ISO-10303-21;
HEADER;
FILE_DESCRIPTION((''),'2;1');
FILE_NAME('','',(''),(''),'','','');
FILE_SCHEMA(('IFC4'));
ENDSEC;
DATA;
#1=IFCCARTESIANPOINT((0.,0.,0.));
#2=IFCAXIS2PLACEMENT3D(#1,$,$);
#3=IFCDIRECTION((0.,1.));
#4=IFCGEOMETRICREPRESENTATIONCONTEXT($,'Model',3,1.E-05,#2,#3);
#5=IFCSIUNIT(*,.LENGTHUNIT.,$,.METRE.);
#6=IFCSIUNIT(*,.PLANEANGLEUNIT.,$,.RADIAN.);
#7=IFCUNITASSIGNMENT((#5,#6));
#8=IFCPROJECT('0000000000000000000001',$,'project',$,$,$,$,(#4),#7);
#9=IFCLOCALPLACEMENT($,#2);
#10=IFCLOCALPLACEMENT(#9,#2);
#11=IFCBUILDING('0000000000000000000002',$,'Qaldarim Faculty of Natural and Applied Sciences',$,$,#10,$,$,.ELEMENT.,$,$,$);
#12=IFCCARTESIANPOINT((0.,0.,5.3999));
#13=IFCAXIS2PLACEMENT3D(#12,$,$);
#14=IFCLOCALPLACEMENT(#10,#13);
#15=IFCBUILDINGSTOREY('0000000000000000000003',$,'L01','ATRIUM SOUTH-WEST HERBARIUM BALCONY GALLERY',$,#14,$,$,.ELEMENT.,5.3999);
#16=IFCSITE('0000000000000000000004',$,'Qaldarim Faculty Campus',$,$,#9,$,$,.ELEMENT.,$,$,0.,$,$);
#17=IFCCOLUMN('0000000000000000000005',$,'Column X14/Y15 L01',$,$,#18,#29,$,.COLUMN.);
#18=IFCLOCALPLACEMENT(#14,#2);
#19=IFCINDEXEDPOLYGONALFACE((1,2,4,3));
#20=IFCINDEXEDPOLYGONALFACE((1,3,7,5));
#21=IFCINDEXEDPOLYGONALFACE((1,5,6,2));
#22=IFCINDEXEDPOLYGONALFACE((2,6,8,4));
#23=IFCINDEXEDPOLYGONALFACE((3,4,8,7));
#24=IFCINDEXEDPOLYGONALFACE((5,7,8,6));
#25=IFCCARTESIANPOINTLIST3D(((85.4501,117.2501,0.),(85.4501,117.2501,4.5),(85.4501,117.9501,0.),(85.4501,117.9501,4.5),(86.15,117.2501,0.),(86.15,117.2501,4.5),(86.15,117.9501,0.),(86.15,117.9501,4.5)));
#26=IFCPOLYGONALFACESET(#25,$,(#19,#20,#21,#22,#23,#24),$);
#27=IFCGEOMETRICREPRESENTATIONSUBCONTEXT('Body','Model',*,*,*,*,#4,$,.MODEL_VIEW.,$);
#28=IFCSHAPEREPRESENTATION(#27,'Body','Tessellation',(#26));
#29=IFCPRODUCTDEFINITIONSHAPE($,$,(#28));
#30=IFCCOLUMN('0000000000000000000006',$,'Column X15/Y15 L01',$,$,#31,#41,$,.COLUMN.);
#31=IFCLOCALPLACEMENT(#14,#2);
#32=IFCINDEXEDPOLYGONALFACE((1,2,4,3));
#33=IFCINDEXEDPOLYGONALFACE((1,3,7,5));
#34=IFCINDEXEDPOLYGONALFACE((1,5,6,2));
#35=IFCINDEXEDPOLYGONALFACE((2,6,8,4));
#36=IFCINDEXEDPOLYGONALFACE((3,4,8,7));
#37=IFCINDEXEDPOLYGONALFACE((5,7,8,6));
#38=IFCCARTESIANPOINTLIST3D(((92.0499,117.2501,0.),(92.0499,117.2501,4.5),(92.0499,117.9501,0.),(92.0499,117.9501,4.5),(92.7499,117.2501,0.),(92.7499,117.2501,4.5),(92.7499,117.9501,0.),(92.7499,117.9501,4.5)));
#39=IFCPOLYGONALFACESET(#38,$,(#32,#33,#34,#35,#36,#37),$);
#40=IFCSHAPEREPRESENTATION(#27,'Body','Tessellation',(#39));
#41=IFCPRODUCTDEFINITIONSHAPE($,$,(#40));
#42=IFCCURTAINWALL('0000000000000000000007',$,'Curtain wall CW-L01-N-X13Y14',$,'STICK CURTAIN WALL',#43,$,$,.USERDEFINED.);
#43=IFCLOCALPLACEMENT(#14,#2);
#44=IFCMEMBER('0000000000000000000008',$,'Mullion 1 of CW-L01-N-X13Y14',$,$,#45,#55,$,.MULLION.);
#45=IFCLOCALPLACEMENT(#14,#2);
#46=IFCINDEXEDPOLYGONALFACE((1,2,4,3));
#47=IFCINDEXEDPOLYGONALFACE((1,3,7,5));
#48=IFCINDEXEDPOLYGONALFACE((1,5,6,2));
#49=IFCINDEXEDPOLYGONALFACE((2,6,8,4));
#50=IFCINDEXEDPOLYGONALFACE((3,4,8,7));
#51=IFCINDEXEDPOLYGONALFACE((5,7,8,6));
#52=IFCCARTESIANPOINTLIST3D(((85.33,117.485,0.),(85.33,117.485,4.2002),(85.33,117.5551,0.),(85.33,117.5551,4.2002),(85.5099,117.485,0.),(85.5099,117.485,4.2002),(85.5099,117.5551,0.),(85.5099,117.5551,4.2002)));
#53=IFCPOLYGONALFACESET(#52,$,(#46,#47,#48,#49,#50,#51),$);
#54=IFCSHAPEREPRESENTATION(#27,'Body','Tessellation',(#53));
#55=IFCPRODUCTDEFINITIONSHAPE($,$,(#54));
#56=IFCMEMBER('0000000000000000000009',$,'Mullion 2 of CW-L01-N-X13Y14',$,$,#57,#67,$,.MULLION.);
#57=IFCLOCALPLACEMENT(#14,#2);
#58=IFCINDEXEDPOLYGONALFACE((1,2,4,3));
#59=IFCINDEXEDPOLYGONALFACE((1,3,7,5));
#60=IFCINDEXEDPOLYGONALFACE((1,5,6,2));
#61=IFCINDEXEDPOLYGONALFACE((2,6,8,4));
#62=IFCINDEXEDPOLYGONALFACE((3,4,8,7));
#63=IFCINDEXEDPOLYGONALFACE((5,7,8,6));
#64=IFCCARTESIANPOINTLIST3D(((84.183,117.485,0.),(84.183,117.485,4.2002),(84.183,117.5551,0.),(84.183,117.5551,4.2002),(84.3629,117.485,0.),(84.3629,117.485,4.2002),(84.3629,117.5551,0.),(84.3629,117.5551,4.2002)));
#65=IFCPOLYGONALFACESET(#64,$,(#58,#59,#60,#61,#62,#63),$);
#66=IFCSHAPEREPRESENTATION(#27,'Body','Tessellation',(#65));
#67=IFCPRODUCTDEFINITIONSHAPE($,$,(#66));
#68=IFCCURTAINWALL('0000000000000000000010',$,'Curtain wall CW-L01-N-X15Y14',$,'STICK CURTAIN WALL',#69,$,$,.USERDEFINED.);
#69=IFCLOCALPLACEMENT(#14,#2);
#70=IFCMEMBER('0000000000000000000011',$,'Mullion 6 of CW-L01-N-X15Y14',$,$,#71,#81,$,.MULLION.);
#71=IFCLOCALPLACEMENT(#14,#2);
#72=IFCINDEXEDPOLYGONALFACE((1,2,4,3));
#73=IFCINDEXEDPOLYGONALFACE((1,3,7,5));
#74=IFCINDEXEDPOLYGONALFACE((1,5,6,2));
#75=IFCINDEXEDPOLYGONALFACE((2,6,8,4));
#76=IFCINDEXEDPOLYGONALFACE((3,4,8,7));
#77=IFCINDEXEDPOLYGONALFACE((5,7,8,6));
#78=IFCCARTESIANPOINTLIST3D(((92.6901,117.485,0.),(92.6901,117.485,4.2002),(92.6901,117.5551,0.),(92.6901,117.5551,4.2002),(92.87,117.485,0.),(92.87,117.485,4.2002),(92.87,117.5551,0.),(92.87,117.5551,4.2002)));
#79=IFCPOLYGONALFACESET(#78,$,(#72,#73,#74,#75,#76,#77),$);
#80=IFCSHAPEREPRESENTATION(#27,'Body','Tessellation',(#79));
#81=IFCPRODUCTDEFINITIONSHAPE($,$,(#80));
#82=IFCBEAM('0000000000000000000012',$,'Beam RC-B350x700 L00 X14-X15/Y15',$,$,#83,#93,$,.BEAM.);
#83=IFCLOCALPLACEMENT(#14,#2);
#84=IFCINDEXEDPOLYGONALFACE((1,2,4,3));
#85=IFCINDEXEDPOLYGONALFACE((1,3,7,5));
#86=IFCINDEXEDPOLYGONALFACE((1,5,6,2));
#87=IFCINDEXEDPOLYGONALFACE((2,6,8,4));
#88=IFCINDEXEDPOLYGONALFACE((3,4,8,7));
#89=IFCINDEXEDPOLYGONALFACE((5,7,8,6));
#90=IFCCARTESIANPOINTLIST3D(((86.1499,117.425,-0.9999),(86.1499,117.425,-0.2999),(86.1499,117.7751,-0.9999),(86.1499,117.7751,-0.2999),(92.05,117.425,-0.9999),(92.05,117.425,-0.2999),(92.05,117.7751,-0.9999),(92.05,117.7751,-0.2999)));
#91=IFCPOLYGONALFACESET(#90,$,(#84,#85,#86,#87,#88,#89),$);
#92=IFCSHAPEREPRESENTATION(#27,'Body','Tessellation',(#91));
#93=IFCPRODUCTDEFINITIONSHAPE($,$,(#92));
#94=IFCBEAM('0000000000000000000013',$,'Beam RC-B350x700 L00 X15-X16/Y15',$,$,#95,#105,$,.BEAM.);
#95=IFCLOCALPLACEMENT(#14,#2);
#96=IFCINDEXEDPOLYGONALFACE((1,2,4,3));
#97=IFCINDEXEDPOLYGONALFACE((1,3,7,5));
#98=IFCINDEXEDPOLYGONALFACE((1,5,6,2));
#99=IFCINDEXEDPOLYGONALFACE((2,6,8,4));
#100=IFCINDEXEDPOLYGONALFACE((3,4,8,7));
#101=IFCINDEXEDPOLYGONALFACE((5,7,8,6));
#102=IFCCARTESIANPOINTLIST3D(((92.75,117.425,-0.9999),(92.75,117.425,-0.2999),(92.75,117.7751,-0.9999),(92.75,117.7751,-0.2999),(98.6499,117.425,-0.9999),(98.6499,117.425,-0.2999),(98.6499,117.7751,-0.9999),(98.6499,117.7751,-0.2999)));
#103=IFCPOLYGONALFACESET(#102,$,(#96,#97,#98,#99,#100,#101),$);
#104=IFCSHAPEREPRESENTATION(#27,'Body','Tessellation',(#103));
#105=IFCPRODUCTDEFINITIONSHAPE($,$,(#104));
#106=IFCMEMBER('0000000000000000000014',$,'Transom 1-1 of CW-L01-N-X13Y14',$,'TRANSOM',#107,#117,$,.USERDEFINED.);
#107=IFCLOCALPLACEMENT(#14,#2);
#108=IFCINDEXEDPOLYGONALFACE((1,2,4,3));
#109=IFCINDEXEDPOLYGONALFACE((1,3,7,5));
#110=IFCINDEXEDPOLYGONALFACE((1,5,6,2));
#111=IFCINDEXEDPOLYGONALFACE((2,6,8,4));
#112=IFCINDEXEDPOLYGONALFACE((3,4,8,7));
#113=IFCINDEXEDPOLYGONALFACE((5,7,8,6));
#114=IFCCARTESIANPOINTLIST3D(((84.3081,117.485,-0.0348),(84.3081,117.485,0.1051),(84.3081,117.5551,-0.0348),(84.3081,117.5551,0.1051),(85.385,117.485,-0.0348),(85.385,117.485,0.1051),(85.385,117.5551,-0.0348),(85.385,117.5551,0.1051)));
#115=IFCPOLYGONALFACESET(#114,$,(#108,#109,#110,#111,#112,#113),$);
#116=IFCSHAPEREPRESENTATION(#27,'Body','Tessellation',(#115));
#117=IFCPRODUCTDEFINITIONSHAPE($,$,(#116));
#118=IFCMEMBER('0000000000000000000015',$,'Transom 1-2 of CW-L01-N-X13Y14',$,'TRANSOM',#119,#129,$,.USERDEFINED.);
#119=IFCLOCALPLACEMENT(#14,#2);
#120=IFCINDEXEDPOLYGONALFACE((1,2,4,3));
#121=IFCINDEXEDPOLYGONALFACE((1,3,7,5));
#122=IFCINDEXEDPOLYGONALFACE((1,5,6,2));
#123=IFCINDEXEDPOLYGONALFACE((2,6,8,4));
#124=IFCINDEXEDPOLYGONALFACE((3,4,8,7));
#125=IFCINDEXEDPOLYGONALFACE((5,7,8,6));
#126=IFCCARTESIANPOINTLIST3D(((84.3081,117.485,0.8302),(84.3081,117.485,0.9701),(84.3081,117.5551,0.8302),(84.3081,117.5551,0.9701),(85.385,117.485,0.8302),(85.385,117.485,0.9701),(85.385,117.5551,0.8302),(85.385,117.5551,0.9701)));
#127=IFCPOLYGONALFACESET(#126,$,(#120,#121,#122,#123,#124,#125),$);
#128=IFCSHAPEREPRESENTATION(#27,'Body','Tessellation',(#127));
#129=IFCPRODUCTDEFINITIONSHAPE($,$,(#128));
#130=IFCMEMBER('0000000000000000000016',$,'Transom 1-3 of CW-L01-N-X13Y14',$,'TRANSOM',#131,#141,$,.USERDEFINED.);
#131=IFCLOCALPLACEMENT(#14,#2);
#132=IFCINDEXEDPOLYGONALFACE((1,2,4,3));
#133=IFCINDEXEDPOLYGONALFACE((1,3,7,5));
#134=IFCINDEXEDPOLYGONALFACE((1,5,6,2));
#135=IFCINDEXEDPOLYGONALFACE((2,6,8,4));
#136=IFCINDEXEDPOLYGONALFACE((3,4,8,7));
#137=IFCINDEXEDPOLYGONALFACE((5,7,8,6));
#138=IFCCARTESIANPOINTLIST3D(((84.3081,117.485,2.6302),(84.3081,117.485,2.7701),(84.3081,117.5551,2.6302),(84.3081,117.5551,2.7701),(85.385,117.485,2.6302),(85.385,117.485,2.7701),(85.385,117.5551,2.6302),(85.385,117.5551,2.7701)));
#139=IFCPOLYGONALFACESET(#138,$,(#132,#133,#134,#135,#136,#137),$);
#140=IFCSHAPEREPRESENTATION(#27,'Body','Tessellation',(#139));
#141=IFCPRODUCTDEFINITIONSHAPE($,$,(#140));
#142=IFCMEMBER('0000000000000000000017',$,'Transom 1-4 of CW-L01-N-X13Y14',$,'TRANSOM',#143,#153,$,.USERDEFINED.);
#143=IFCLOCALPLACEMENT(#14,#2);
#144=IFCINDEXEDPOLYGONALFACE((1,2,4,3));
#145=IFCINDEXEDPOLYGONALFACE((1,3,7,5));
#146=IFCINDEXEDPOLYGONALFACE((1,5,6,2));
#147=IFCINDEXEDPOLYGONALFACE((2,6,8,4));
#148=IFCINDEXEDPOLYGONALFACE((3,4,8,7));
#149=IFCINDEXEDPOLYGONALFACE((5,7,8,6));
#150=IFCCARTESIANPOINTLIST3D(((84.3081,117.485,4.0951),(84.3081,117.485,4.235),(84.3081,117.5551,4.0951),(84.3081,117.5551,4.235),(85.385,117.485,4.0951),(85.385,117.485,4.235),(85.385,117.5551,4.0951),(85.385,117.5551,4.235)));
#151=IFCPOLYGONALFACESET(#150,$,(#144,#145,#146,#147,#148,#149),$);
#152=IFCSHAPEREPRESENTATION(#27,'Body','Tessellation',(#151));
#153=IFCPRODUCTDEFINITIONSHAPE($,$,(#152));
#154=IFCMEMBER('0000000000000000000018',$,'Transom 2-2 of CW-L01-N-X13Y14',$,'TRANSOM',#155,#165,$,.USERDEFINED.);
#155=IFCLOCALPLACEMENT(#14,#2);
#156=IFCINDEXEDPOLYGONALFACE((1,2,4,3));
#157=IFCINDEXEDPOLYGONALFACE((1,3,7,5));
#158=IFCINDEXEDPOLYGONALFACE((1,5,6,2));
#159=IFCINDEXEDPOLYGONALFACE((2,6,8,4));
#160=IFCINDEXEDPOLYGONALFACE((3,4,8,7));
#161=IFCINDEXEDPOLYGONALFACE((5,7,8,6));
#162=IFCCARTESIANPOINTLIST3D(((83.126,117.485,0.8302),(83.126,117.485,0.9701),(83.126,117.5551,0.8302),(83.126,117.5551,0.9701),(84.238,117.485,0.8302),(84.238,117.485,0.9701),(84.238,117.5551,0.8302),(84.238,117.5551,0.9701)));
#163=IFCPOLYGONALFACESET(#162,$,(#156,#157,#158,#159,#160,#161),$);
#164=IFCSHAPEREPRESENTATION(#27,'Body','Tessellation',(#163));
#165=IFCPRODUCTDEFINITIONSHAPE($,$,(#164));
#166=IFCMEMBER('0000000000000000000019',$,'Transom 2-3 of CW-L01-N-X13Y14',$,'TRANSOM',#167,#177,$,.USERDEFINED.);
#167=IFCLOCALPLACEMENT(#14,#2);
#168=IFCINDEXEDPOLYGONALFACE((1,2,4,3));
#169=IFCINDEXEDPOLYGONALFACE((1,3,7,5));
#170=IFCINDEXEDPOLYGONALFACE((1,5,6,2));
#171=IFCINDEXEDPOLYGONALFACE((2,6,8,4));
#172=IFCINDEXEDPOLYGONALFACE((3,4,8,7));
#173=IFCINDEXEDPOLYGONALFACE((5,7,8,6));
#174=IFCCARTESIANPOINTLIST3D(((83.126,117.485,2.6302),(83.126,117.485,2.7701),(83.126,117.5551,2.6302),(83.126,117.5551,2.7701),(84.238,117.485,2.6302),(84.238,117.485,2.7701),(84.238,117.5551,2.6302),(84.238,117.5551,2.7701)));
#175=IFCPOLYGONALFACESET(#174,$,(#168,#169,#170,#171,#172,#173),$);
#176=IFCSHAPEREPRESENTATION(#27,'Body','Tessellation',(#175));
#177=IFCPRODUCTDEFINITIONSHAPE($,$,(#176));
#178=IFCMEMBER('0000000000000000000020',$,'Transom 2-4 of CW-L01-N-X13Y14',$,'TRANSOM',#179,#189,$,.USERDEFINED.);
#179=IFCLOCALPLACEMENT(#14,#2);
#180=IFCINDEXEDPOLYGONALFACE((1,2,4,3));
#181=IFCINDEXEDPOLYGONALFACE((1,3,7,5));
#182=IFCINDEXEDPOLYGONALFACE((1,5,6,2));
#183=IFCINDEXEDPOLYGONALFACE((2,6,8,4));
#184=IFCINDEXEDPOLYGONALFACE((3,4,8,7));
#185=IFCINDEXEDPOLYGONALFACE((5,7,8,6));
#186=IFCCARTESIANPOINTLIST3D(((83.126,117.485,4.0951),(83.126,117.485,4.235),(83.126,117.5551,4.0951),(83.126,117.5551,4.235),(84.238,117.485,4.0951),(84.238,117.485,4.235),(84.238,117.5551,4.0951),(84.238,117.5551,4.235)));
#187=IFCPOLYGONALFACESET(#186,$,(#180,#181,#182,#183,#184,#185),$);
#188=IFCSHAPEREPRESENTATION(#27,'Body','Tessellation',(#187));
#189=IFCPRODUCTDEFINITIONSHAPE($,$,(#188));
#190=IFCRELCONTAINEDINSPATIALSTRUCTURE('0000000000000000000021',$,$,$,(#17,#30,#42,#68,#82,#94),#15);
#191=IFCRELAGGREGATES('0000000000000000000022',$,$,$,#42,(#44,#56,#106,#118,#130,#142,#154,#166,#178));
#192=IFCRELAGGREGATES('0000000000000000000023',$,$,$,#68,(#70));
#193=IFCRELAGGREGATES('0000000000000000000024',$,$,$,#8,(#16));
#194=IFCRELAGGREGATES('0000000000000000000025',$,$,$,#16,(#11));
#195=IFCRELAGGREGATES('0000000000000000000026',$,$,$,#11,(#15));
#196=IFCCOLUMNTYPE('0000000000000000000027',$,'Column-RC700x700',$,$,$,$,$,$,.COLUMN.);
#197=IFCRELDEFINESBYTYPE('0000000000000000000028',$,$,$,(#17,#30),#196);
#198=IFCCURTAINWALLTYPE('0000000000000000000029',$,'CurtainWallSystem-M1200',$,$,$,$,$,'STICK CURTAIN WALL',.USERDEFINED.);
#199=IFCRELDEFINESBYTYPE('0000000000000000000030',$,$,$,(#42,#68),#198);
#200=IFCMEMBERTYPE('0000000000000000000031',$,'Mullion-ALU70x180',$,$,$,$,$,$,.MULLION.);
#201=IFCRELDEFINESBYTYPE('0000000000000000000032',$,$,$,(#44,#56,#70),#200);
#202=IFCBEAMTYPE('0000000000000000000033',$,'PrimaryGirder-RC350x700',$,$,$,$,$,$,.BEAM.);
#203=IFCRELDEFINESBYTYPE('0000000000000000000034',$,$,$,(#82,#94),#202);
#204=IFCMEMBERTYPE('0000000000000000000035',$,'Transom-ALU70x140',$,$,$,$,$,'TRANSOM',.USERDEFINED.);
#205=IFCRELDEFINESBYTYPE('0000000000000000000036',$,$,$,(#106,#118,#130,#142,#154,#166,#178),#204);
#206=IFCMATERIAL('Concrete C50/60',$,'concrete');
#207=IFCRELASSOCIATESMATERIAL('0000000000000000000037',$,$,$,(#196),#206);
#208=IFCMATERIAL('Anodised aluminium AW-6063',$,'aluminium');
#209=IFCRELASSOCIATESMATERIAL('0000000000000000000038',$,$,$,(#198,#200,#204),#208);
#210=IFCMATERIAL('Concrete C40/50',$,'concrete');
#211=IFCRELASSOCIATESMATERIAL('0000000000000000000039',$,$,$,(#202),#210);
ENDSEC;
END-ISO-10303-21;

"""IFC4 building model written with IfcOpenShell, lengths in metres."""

from ifc_helpers import new_model, si_unit, direction, frame, origin, origin_2d, place, context, subcontext, project, spatial, rectangle, extrude, material, material_profile, profile_set, type_object, element, aggregate, save


model = new_model("IFC4")

# Units and contexts
model_context = context("Model", 3, precision=1e-05, world=origin(), true_north=direction((0.0, 1.0)))
body_context = subcontext(model_context, "Body", "Model", "MODEL_VIEW")
ifc_project = project(units=[si_unit("LENGTHUNIT", "METRE"), si_unit("PLANEANGLEUNIT", "RADIAN")], contexts=[model_context])

# Site, building, storey
site_placement = place(None, origin())
site = spatial("IfcSite", under=ifc_project, at=site_placement, Name="Qaldarim Faculty Campus", CompositionType="ELEMENT", RefElevation=0.0)
building_placement = place(site_placement, origin())
building = spatial("IfcBuilding", under=site, at=building_placement, Name="Qaldarim Faculty of Natural and Applied Sciences", CompositionType="ELEMENT")
storey_placement = place(building_placement, frame((0.0, 0.0, 5.3999)))
storey = spatial("IfcBuildingStorey", under=building, at=storey_placement, Name="L01", Description="ATRIUM SOUTH-WEST HERBARIUM BALCONY GALLERY", CompositionType="ELEMENT", Elevation=5.3999)

# Columns
ifc_material_1 = material(Name="Concrete C50/60", Category="concrete")
ifc_material_profile_1 = material_profile(ifc_material_1, rectangle(XDim=0.7, YDim=0.7, at=origin_2d()), Name="RC-C700x700")
ifc_profile_set_1 = profile_set([ifc_material_profile_1], Name="Concrete C50/60")
column_type = type_object("IfcColumnType", Name="Column-RC700x700", PredefinedType="COLUMN", material=ifc_profile_set_1)
for number, where, z_axis, x_axis, name in (
    (1, (85.8, 117.6001, 0.0), (0.0, 0.0, 1.0), (1.0, 0.0, 0.0), "Column X14/Y15 L01"),
    (2, (92.3999, 117.6001, 0.0), (0.0, 0.0, 1.0), (1.0, 0.0, 0.0), "Column X15/Y15 L01"),
):
    element("IfcColumn", number, at=place(storey_placement, frame(where, z_axis=z_axis, x_axis=x_axis)), inside=storey, type_object=column_type, Name=name, PredefinedType="COLUMN", context=body_context, shape_type="SweptSolid", body=[
        extrude(rectangle(XDim=0.7, YDim=0.7, at=origin_2d()), origin(), (0.0, 0.0, 1.0), 4.5),
    ])

# Curtain wall, members
ifc_material_2 = material(Name="Anodised aluminium AW-6063", Category="aluminium")
curtain_wall_type = type_object("IfcCurtainWallType", Name="CurtainWallSystem-M1200", ElementType="STICK CURTAIN WALL", PredefinedType="USERDEFINED", material=ifc_material_2)
curtain_wall_1_placement = place(storey_placement, origin())
curtain_wall_1 = element("IfcCurtainWall", 3, at=curtain_wall_1_placement, inside=storey, type_object=curtain_wall_type, Name="Curtain wall CW-L01-N-X13Y14", ObjectType="STICK CURTAIN WALL", PredefinedType="USERDEFINED")
ifc_material_profile_2 = material_profile(ifc_material_2, rectangle(XDim=0.0701, YDim=0.1799, at=origin_2d()), Name="ALU-M70x180")
ifc_profile_set_2 = profile_set([ifc_material_profile_2], Name="Anodised aluminium AW-6063")
member_type_1 = type_object("IfcMemberType", Name="Mullion-ALU70x180", PredefinedType="MULLION", material=ifc_profile_set_2)
member_1_placement = place(storey_placement, frame((85.4199, 117.52, 0.0), z_axis=(0.0, 0.0, 1.0), x_axis=(0.0, -1.0, 0.0)))
member_1 = element("IfcMember", 4, at=member_1_placement, type_object=member_type_1, Name="Mullion 1 of CW-L01-N-X13Y14", PredefinedType="MULLION", context=body_context, shape_type="SweptSolid", body=[
    extrude(rectangle(XDim=0.0701, YDim=0.1799, at=origin_2d()), origin(), (0.0, 0.0, 1.0), 4.2002),
])
member_2_placement = place(storey_placement, frame((84.2729, 117.52, 0.0), z_axis=(0.0, 0.0, 1.0), x_axis=(0.0, -1.0, 0.0)))
member_2 = element("IfcMember", 5, at=member_2_placement, type_object=member_type_1, Name="Mullion 2 of CW-L01-N-X13Y14", PredefinedType="MULLION", context=body_context, shape_type="SweptSolid", body=[
    extrude(rectangle(XDim=0.0701, YDim=0.1799, at=origin_2d()), origin(), (0.0, 0.0, 1.0), 4.2002),
])

# Curtain wall, member
curtain_wall_2_placement = place(storey_placement, origin())
curtain_wall_2 = element("IfcCurtainWall", 6, at=curtain_wall_2_placement, inside=storey, type_object=curtain_wall_type, Name="Curtain wall CW-L01-N-X15Y14", ObjectType="STICK CURTAIN WALL", PredefinedType="USERDEFINED")
member_3_placement = place(storey_placement, frame((92.78, 117.52, 0.0), z_axis=(0.0, 0.0, 1.0), x_axis=(0.0, -1.0, 0.0)))
member_3 = element("IfcMember", 7, at=member_3_placement, type_object=member_type_1, Name="Mullion 6 of CW-L01-N-X15Y14", PredefinedType="MULLION", context=body_context, shape_type="SweptSolid", body=[
    extrude(rectangle(XDim=0.0701, YDim=0.1799, at=origin_2d()), origin(), (0.0, 0.0, 1.0), 4.2002),
])

# Beams
ifc_material_3 = material(Name="Concrete C40/50", Category="concrete")
ifc_material_profile_3 = material_profile(ifc_material_3, rectangle(XDim=0.3501, YDim=0.7, at=origin_2d()), Name="RC-B350x700")
ifc_profile_set_3 = profile_set([ifc_material_profile_3], Name="Concrete C40/50")
beam_type = type_object("IfcBeamType", Name="PrimaryGirder-RC350x700", PredefinedType="BEAM", material=ifc_profile_set_3)
beam_1_placement = place(storey_placement, frame((86.1499, 117.6001, -0.6499), z_axis=(1.0, 0.0, 0.0), x_axis=(0.0, 1.0, 0.0)))
element("IfcBeam", 8, at=beam_1_placement, inside=storey, type_object=beam_type, Name="Beam RC-B350x700 L00 X14-X15/Y15", PredefinedType="BEAM", context=body_context, shape_type="SweptSolid", body=[
    extrude(rectangle(XDim=0.3501, YDim=0.7, at=origin_2d()), origin(), (0.0, 0.0, 1.0), 5.9001),
])
beam_2_placement = place(storey_placement, frame((92.75, 117.6001, -0.6499), z_axis=(1.0, 0.0, 0.0), x_axis=(0.0, 1.0, 0.0)))
element("IfcBeam", 9, at=beam_2_placement, inside=storey, type_object=beam_type, Name="Beam RC-B350x700 L00 X15-X16/Y15", PredefinedType="BEAM", context=body_context, shape_type="SweptSolid", body=[
    extrude(rectangle(XDim=0.3501, YDim=0.7, at=origin_2d()), origin(), (0.0, 0.0, 1.0), 5.8999),
])

# Members
ifc_material_profile_4 = material_profile(ifc_material_2, rectangle(XDim=0.0701, YDim=0.1399, at=origin_2d()), Name="ALU-T70x140")
ifc_profile_set_4 = profile_set([ifc_material_profile_4], Name="Anodised aluminium AW-6063")
member_type_2 = type_object("IfcMemberType", Name="Transom-ALU70x140", ElementType="TRANSOM", PredefinedType="USERDEFINED", material=ifc_profile_set_4)
member_4_placement = place(storey_placement, frame((85.385, 117.52, 0.0352), z_axis=(-1.0, 0.0, 0.0), x_axis=(0.0, -1.0, 0.0)))
member_4 = element("IfcMember", 10, at=member_4_placement, type_object=member_type_2, Name="Transom 1-1 of CW-L01-N-X13Y14", ObjectType="TRANSOM", PredefinedType="USERDEFINED", context=body_context, shape_type="SweptSolid", body=[
    extrude(rectangle(XDim=0.0701, YDim=0.1399, at=origin_2d()), origin(), (0.0, 0.0, 1.0), 1.0769),
])
member_5_placement = place(storey_placement, frame((85.385, 117.52, 0.9001), z_axis=(-1.0, 0.0, 0.0), x_axis=(0.0, -1.0, 0.0)))
member_5 = element("IfcMember", 11, at=member_5_placement, type_object=member_type_2, Name="Transom 1-2 of CW-L01-N-X13Y14", ObjectType="TRANSOM", PredefinedType="USERDEFINED", context=body_context, shape_type="SweptSolid", body=[
    extrude(rectangle(XDim=0.0701, YDim=0.1399, at=origin_2d()), origin(), (0.0, 0.0, 1.0), 1.0769),
])
member_6_placement = place(storey_placement, frame((85.385, 117.52, 2.7002), z_axis=(-1.0, 0.0, 0.0), x_axis=(0.0, -1.0, 0.0)))
member_6 = element("IfcMember", 12, at=member_6_placement, type_object=member_type_2, Name="Transom 1-3 of CW-L01-N-X13Y14", ObjectType="TRANSOM", PredefinedType="USERDEFINED", context=body_context, shape_type="SweptSolid", body=[
    extrude(rectangle(XDim=0.0701, YDim=0.1399, at=origin_2d()), origin(), (0.0, 0.0, 1.0), 1.0769),
])
member_7_placement = place(storey_placement, frame((85.385, 117.52, 4.165), z_axis=(-1.0, 0.0, 0.0), x_axis=(0.0, -1.0, 0.0)))
member_7 = element("IfcMember", 13, at=member_7_placement, type_object=member_type_2, Name="Transom 1-4 of CW-L01-N-X13Y14", ObjectType="TRANSOM", PredefinedType="USERDEFINED", context=body_context, shape_type="SweptSolid", body=[
    extrude(rectangle(XDim=0.0701, YDim=0.1399, at=origin_2d()), origin(), (0.0, 0.0, 1.0), 1.0769),
])
member_8_placement = place(storey_placement, frame((84.238, 117.52, 0.9001), z_axis=(-1.0, 0.0, 0.0), x_axis=(0.0, -1.0, 0.0)))
member_8 = element("IfcMember", 14, at=member_8_placement, type_object=member_type_2, Name="Transom 2-2 of CW-L01-N-X13Y14", ObjectType="TRANSOM", PredefinedType="USERDEFINED", context=body_context, shape_type="SweptSolid", body=[
    extrude(rectangle(XDim=0.0701, YDim=0.1399, at=origin_2d()), origin(), (0.0, 0.0, 1.0), 1.1121),
])
member_9_placement = place(storey_placement, frame((84.238, 117.52, 2.7002), z_axis=(-1.0, 0.0, 0.0), x_axis=(0.0, -1.0, 0.0)))
member_9 = element("IfcMember", 15, at=member_9_placement, type_object=member_type_2, Name="Transom 2-3 of CW-L01-N-X13Y14", ObjectType="TRANSOM", PredefinedType="USERDEFINED", context=body_context, shape_type="SweptSolid", body=[
    extrude(rectangle(XDim=0.0701, YDim=0.1399, at=origin_2d()), origin(), (0.0, 0.0, 1.0), 1.1121),
])
member_10_placement = place(storey_placement, frame((84.238, 117.52, 4.165), z_axis=(-1.0, 0.0, 0.0), x_axis=(0.0, -1.0, 0.0)))
member_10 = element("IfcMember", 16, at=member_10_placement, type_object=member_type_2, Name="Transom 2-4 of CW-L01-N-X13Y14", ObjectType="TRANSOM", PredefinedType="USERDEFINED", context=body_context, shape_type="SweptSolid", body=[
    extrude(rectangle(XDim=0.0701, YDim=0.1399, at=origin_2d()), origin(), (0.0, 0.0, 1.0), 1.1121),
])

aggregate(curtain_wall_1, [member_1, member_2, member_4, member_5, member_6, member_7, member_8, member_9, member_10])
aggregate(curtain_wall_2, [member_3])

save(model, "model.ifc")
